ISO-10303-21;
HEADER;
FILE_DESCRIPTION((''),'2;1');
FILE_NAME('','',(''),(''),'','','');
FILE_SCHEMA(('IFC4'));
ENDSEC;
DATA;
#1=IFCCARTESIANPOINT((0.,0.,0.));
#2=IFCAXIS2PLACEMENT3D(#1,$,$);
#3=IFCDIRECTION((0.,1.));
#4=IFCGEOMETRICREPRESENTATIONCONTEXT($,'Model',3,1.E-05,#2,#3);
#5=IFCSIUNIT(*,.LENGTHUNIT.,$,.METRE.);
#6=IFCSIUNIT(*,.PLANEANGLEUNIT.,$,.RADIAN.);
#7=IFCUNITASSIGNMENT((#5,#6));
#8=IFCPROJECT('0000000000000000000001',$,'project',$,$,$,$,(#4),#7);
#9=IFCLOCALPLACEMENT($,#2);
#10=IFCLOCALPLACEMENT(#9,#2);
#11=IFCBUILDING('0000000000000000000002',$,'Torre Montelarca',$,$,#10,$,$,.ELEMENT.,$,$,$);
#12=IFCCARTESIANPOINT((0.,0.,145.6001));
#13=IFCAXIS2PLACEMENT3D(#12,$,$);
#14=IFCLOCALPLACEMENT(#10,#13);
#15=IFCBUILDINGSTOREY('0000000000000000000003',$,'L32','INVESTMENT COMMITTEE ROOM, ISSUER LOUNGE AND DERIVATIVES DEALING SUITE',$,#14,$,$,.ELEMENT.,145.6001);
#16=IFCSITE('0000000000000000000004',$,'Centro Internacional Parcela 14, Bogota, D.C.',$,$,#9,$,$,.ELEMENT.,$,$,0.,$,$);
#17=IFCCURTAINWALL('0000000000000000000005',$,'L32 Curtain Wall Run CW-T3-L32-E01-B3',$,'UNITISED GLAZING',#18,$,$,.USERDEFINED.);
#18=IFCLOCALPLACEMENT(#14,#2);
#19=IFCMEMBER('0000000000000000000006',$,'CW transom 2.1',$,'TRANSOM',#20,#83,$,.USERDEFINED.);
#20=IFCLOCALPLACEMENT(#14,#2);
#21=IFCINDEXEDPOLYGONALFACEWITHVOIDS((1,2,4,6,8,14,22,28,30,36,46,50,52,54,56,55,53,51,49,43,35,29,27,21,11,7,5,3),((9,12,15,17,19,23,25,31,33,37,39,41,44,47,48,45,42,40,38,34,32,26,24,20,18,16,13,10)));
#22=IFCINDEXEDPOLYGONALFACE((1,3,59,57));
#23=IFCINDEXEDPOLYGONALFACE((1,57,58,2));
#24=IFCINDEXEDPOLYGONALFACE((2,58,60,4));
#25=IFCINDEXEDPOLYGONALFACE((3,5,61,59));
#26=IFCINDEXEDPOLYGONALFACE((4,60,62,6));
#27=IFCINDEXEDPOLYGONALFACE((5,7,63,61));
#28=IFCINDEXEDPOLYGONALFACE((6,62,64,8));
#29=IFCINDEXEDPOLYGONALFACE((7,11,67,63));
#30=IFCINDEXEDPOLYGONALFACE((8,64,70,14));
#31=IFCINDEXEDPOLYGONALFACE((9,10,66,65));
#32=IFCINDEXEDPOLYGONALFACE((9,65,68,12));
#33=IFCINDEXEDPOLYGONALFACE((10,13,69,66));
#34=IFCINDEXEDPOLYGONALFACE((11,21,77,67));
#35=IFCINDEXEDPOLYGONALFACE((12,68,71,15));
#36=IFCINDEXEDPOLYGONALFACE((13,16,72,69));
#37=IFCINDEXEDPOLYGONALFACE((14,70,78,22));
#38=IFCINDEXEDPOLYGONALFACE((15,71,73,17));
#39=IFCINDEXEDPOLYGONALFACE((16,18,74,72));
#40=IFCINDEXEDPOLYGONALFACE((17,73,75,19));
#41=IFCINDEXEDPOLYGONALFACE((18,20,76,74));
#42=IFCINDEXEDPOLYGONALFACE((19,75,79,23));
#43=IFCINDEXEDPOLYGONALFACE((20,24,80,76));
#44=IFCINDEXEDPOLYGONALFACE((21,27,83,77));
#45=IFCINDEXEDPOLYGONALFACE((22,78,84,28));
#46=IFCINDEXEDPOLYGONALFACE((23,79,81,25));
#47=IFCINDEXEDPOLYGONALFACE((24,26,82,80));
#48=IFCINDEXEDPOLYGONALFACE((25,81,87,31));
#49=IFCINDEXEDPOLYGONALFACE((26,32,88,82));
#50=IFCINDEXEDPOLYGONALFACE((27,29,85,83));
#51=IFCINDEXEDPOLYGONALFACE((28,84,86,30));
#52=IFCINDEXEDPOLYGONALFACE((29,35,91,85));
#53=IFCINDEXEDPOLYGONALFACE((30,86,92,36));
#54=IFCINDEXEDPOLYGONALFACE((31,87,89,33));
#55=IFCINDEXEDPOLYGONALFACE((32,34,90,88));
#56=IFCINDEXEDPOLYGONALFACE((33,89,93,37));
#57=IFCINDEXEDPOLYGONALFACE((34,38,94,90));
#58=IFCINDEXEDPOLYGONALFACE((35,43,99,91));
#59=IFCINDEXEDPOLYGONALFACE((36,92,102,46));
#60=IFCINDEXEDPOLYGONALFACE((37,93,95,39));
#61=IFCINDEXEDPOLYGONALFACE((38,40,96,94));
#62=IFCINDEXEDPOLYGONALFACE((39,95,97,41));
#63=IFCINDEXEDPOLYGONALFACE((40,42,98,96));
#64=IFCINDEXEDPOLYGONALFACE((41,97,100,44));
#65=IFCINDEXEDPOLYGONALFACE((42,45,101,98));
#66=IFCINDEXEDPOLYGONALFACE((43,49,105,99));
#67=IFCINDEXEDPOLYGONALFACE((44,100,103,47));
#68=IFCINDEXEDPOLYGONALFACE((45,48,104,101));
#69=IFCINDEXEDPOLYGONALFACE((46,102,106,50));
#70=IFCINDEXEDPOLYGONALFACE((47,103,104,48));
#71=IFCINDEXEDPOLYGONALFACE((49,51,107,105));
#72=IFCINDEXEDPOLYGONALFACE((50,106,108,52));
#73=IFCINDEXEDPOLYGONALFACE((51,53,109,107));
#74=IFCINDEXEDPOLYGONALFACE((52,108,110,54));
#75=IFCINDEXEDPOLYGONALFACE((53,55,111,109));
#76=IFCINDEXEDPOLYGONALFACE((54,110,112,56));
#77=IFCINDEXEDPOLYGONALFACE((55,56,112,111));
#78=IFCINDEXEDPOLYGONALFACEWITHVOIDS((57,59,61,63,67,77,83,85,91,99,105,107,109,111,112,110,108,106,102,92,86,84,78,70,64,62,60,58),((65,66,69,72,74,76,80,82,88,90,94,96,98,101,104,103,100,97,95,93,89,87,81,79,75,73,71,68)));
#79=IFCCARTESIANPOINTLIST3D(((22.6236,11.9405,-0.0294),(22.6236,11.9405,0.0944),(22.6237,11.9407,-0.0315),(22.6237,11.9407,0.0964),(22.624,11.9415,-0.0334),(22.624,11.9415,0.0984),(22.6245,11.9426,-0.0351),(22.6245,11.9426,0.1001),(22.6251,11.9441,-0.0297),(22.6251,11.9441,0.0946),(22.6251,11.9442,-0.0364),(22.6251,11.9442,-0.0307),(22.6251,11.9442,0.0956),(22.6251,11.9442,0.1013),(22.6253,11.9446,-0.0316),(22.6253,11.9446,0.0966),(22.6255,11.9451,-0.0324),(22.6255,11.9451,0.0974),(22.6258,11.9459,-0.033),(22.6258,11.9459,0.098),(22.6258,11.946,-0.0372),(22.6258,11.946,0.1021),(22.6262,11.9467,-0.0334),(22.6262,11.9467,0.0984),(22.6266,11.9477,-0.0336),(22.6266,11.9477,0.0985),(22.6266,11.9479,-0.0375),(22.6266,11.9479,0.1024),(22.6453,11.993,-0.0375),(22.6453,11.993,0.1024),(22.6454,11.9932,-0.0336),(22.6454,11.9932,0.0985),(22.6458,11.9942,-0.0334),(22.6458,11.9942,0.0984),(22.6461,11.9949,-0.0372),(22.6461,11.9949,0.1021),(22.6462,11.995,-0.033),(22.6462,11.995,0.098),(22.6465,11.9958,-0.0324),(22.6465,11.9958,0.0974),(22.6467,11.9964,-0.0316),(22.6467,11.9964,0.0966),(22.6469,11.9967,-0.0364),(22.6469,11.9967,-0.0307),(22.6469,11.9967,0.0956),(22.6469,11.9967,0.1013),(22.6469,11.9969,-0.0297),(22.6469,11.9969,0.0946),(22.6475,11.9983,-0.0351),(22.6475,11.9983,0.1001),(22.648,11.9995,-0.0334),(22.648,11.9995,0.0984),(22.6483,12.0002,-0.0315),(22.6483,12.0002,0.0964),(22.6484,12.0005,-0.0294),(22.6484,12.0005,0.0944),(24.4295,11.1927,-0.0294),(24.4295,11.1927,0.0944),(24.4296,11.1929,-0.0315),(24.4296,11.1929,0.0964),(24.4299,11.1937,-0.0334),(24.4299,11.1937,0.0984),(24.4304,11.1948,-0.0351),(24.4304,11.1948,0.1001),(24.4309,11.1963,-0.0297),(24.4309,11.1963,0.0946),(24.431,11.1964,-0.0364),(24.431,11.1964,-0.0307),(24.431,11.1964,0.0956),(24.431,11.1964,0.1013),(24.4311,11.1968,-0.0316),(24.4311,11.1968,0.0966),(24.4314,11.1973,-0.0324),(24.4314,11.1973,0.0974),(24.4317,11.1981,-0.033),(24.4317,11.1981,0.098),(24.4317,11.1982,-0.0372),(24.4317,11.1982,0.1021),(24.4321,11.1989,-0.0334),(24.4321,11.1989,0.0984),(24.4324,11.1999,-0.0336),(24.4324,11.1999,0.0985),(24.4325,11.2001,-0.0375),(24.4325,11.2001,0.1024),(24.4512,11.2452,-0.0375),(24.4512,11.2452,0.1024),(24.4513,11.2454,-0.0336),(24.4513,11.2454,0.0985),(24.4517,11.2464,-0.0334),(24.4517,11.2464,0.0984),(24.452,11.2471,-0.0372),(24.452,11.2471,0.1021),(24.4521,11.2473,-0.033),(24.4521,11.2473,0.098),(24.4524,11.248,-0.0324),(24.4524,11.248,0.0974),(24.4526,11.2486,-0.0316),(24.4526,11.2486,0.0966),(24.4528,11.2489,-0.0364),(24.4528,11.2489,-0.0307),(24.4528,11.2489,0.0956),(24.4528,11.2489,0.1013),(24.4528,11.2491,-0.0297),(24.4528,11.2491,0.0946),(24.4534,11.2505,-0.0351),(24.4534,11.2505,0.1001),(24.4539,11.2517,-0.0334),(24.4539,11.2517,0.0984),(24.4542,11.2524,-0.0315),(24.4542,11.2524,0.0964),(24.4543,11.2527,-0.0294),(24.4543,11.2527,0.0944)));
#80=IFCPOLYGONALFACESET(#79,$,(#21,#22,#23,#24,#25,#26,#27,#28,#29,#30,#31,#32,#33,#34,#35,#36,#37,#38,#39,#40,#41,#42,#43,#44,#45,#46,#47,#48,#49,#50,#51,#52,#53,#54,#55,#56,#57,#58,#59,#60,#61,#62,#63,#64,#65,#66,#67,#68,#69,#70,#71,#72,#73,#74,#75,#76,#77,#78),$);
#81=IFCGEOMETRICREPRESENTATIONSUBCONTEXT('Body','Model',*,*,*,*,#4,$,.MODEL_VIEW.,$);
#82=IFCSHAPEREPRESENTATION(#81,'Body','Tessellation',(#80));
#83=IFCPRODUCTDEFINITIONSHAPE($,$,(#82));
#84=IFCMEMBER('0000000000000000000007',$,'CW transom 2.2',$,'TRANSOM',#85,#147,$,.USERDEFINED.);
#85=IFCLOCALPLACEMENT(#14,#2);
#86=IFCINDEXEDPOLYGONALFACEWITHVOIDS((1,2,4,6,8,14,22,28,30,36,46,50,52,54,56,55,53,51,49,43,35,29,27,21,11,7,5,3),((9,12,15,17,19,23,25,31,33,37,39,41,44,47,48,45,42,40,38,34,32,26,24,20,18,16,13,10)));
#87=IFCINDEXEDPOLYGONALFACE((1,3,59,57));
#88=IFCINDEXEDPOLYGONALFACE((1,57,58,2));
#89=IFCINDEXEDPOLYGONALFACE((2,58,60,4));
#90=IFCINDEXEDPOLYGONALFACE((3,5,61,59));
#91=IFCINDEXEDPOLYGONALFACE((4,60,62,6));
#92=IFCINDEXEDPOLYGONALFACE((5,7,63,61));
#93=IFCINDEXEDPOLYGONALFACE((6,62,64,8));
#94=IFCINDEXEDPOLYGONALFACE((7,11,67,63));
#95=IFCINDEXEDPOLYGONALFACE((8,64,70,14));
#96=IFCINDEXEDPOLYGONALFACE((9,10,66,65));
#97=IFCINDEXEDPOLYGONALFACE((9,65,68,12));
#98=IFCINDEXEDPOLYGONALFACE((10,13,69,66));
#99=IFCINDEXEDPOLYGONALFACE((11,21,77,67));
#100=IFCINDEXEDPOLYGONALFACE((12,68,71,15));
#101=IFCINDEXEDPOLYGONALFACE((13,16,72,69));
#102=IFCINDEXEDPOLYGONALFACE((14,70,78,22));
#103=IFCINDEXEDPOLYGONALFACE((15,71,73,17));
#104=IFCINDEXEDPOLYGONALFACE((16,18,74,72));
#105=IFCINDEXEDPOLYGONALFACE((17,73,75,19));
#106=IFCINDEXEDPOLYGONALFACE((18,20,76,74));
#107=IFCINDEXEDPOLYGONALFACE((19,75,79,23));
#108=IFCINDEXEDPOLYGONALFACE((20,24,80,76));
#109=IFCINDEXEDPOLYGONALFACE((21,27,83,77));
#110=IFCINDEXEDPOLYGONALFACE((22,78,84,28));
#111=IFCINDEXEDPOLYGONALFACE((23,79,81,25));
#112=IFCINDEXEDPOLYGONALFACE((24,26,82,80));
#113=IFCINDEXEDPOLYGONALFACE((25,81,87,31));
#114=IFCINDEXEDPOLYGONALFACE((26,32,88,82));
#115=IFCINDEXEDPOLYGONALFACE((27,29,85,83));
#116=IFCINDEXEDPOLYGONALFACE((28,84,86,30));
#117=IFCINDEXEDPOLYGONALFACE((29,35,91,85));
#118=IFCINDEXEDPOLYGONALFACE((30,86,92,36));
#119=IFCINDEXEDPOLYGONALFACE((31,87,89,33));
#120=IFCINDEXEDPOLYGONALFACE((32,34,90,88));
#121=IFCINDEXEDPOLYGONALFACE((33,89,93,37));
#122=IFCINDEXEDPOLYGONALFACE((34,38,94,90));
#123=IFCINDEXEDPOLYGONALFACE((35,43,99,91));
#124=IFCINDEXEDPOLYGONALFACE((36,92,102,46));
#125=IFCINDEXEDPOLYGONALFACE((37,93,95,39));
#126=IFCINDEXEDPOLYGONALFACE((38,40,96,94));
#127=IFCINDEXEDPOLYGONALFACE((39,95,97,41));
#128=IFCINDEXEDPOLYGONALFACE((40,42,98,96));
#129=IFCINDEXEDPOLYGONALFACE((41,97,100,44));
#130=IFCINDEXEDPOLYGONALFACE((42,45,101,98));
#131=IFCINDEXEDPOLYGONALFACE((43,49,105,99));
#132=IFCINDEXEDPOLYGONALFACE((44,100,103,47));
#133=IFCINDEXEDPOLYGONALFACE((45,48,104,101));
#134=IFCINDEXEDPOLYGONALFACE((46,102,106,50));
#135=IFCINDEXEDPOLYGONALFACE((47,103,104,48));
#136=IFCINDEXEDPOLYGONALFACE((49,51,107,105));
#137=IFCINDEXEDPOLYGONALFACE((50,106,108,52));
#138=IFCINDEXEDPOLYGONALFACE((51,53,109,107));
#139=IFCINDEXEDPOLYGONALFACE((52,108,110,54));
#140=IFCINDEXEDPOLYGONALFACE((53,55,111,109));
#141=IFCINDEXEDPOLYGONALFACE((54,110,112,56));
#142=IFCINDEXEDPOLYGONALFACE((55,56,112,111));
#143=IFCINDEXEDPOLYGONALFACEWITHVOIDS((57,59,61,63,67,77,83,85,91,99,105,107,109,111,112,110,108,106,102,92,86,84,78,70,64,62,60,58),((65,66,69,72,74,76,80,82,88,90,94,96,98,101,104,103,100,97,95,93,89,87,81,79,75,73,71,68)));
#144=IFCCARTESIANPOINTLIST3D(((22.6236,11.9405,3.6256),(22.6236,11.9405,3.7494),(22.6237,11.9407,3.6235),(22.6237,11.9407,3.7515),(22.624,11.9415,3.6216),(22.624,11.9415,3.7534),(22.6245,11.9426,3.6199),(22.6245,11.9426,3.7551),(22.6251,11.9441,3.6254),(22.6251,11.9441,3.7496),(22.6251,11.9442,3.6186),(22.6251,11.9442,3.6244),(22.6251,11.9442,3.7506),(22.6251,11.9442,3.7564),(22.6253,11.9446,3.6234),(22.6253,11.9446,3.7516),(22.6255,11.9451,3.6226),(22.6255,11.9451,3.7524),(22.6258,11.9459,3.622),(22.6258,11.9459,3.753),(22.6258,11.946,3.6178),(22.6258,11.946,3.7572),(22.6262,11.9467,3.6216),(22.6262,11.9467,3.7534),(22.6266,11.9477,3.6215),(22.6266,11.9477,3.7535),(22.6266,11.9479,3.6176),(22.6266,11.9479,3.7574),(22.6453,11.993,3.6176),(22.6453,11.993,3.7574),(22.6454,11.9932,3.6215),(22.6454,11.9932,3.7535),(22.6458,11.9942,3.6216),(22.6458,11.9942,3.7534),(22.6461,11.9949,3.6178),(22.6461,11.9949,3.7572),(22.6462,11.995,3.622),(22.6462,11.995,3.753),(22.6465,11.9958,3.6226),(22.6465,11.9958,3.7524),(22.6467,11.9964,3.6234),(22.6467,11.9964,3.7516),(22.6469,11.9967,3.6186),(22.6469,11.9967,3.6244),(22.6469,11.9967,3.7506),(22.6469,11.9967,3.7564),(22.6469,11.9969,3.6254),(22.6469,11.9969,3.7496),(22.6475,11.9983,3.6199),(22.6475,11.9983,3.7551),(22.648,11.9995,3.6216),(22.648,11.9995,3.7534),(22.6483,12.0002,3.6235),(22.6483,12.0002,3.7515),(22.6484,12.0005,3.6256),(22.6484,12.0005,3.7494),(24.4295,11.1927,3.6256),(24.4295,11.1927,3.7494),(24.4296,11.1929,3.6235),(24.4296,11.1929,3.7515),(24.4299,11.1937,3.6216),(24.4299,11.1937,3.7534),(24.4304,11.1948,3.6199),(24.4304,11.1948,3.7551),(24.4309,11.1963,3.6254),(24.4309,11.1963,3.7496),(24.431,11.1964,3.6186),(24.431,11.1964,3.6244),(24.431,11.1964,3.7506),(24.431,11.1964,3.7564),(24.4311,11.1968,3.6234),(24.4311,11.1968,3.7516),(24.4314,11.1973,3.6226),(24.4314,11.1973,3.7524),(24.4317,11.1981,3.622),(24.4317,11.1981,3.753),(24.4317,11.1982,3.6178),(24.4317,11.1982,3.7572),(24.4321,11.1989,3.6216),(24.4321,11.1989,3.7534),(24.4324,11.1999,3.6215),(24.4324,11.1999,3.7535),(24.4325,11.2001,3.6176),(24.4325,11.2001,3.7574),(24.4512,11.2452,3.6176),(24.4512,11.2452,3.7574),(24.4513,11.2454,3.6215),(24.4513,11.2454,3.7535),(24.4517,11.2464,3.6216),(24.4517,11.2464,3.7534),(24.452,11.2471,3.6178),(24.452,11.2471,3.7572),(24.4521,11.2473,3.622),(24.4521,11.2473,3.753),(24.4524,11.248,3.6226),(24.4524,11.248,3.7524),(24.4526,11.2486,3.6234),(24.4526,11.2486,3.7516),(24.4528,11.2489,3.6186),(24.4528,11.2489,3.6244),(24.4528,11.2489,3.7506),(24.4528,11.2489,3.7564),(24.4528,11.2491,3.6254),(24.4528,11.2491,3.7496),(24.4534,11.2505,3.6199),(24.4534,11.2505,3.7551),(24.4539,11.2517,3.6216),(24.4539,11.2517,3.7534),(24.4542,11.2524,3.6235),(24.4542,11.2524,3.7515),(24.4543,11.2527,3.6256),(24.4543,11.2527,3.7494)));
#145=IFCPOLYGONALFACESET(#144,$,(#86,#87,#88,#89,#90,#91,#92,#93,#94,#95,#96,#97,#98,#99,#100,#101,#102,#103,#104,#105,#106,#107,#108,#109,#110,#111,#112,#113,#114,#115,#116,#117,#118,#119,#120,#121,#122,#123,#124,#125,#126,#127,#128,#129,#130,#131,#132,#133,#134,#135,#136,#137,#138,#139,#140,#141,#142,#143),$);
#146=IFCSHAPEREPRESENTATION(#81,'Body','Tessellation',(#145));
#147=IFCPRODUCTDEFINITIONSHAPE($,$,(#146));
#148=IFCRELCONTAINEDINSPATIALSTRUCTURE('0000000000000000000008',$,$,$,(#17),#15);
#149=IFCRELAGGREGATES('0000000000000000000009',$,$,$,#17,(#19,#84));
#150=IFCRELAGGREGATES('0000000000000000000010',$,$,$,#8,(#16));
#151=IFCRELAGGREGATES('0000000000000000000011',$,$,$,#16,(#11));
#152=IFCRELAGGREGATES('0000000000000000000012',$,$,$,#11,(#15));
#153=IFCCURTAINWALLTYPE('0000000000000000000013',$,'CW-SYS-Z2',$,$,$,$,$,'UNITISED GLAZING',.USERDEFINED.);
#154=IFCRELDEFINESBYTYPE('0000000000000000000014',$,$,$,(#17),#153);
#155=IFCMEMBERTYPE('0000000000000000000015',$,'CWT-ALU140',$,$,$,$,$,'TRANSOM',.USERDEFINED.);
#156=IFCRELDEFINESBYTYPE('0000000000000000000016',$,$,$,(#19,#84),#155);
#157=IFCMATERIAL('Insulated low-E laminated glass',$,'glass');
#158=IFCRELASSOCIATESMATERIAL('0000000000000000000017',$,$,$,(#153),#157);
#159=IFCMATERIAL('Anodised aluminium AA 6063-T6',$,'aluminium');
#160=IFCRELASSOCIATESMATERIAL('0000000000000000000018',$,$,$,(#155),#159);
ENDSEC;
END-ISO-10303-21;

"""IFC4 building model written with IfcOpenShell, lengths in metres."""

from ifc_helpers import new_model, si_unit, direction, frame, origin, origin_2d, place, context, subcontext, project, spatial, hollow_rectangle, extrude, source, transform, mapped, material, material_profile, profile_set, type_object, element, aggregate, save


model = new_model("IFC4")

# Units and contexts
model_context = context("Model", 3, precision=1e-05, world=origin(), true_north=direction((0.0, 1.0)))
body_context = subcontext(model_context, "Body", "Model", "MODEL_VIEW")
ifc_project = project(units=[si_unit("LENGTHUNIT", "METRE"), si_unit("PLANEANGLEUNIT", "RADIAN")], contexts=[model_context])

# Site, building, storey
site_placement = place(None, origin())
site = spatial("IfcSite", under=ifc_project, at=site_placement, Name="Centro Internacional Parcela 14, Bogota, D.C.", CompositionType="ELEMENT", RefElevation=0.0)
building_placement = place(site_placement, origin())
building = spatial("IfcBuilding", under=site, at=building_placement, Name="Torre Montelarca", CompositionType="ELEMENT")
storey_placement = place(building_placement, frame((0.0, 0.0, 145.6001)))
storey = spatial("IfcBuildingStorey", under=building, at=storey_placement, Name="L32", Description="INVESTMENT COMMITTEE ROOM, ISSUER LOUNGE AND DERIVATIVES DEALING SUITE", CompositionType="ELEMENT", Elevation=145.6001)

# Curtain wall
ifc_material_1 = material(Name="Insulated low-E laminated glass", Category="glass")
curtain_wall_type = type_object("IfcCurtainWallType", Name="CW-SYS-Z2", ElementType="UNITISED GLAZING", PredefinedType="USERDEFINED", material=ifc_material_1)
ifc_material_2 = material(Name="Anodised aluminium AA 6063-T6", Category="aluminium")
ifc_material_profile_1 = material_profile(ifc_material_2, hollow_rectangle(XDim=0.0649, YDim=0.1399, WallThickness=0.0039, InnerFilletRadius=0.0039, OuterFilletRadius=0.0081, at=origin_2d()), Name="ALU65X140X4", Category="aluminium")
ifc_profile_set_1 = profile_set([ifc_material_profile_1], Name="Anodised aluminium AA 6063-T6")
member_type_1 = type_object("IfcMemberType", Name="CWT-ALU140", ElementType="TRANSOM", PredefinedType="USERDEFINED", material=ifc_profile_set_1)
curtain_wall_1_placement = place(storey_placement, origin())
curtain_wall_1 = element("IfcCurtainWall", 1, at=curtain_wall_1_placement, inside=storey, type_object=curtain_wall_type, Name="L32 Curtain Wall Run CW-T3-L32-E01-B3", ObjectType="UNITISED GLAZING", PredefinedType="USERDEFINED")

# Members
shared_shape_1 = source(origin(), body_context, "Body", "SweptSolid", [
    extrude(hollow_rectangle(XDim=0.0649, YDim=0.1399, WallThickness=0.0039, InnerFilletRadius=0.0039, OuterFilletRadius=0.0081, at=origin_2d()), origin(), (0.0, 0.0, 1.0), 1.9546),
])
member_1_placement = place(storey_placement, frame((22.636, 11.9705, 0.0325), z_axis=(0.923921, -0.382583, 0.0), x_axis=(0.382583, 0.923921, 0.0)))
member_1 = element("IfcMember", 2, at=member_1_placement, type_object=member_type_1, Name="CW transom 2.1", ObjectType="TRANSOM", PredefinedType="USERDEFINED", context=body_context, shape_type="MappedRepresentation", body=[
    mapped(shared_shape_1, transform((0.0, 0.0, 0.0), scale=1.0)),
])
member_2_placement = place(storey_placement, frame((22.636, 11.9705, 3.6875), z_axis=(0.923921, -0.382583, 0.0), x_axis=(0.382583, 0.923921, 0.0)))
member_2 = element("IfcMember", 3, at=member_2_placement, type_object=member_type_1, Name="CW transom 2.2", ObjectType="TRANSOM", PredefinedType="USERDEFINED", context=body_context, shape_type="MappedRepresentation", body=[
    mapped(shared_shape_1, transform((0.0, 0.0, 0.0), scale=1.0)),
])

aggregate(curtain_wall_1, [member_1, member_2])

save(model, "model.ifc")
